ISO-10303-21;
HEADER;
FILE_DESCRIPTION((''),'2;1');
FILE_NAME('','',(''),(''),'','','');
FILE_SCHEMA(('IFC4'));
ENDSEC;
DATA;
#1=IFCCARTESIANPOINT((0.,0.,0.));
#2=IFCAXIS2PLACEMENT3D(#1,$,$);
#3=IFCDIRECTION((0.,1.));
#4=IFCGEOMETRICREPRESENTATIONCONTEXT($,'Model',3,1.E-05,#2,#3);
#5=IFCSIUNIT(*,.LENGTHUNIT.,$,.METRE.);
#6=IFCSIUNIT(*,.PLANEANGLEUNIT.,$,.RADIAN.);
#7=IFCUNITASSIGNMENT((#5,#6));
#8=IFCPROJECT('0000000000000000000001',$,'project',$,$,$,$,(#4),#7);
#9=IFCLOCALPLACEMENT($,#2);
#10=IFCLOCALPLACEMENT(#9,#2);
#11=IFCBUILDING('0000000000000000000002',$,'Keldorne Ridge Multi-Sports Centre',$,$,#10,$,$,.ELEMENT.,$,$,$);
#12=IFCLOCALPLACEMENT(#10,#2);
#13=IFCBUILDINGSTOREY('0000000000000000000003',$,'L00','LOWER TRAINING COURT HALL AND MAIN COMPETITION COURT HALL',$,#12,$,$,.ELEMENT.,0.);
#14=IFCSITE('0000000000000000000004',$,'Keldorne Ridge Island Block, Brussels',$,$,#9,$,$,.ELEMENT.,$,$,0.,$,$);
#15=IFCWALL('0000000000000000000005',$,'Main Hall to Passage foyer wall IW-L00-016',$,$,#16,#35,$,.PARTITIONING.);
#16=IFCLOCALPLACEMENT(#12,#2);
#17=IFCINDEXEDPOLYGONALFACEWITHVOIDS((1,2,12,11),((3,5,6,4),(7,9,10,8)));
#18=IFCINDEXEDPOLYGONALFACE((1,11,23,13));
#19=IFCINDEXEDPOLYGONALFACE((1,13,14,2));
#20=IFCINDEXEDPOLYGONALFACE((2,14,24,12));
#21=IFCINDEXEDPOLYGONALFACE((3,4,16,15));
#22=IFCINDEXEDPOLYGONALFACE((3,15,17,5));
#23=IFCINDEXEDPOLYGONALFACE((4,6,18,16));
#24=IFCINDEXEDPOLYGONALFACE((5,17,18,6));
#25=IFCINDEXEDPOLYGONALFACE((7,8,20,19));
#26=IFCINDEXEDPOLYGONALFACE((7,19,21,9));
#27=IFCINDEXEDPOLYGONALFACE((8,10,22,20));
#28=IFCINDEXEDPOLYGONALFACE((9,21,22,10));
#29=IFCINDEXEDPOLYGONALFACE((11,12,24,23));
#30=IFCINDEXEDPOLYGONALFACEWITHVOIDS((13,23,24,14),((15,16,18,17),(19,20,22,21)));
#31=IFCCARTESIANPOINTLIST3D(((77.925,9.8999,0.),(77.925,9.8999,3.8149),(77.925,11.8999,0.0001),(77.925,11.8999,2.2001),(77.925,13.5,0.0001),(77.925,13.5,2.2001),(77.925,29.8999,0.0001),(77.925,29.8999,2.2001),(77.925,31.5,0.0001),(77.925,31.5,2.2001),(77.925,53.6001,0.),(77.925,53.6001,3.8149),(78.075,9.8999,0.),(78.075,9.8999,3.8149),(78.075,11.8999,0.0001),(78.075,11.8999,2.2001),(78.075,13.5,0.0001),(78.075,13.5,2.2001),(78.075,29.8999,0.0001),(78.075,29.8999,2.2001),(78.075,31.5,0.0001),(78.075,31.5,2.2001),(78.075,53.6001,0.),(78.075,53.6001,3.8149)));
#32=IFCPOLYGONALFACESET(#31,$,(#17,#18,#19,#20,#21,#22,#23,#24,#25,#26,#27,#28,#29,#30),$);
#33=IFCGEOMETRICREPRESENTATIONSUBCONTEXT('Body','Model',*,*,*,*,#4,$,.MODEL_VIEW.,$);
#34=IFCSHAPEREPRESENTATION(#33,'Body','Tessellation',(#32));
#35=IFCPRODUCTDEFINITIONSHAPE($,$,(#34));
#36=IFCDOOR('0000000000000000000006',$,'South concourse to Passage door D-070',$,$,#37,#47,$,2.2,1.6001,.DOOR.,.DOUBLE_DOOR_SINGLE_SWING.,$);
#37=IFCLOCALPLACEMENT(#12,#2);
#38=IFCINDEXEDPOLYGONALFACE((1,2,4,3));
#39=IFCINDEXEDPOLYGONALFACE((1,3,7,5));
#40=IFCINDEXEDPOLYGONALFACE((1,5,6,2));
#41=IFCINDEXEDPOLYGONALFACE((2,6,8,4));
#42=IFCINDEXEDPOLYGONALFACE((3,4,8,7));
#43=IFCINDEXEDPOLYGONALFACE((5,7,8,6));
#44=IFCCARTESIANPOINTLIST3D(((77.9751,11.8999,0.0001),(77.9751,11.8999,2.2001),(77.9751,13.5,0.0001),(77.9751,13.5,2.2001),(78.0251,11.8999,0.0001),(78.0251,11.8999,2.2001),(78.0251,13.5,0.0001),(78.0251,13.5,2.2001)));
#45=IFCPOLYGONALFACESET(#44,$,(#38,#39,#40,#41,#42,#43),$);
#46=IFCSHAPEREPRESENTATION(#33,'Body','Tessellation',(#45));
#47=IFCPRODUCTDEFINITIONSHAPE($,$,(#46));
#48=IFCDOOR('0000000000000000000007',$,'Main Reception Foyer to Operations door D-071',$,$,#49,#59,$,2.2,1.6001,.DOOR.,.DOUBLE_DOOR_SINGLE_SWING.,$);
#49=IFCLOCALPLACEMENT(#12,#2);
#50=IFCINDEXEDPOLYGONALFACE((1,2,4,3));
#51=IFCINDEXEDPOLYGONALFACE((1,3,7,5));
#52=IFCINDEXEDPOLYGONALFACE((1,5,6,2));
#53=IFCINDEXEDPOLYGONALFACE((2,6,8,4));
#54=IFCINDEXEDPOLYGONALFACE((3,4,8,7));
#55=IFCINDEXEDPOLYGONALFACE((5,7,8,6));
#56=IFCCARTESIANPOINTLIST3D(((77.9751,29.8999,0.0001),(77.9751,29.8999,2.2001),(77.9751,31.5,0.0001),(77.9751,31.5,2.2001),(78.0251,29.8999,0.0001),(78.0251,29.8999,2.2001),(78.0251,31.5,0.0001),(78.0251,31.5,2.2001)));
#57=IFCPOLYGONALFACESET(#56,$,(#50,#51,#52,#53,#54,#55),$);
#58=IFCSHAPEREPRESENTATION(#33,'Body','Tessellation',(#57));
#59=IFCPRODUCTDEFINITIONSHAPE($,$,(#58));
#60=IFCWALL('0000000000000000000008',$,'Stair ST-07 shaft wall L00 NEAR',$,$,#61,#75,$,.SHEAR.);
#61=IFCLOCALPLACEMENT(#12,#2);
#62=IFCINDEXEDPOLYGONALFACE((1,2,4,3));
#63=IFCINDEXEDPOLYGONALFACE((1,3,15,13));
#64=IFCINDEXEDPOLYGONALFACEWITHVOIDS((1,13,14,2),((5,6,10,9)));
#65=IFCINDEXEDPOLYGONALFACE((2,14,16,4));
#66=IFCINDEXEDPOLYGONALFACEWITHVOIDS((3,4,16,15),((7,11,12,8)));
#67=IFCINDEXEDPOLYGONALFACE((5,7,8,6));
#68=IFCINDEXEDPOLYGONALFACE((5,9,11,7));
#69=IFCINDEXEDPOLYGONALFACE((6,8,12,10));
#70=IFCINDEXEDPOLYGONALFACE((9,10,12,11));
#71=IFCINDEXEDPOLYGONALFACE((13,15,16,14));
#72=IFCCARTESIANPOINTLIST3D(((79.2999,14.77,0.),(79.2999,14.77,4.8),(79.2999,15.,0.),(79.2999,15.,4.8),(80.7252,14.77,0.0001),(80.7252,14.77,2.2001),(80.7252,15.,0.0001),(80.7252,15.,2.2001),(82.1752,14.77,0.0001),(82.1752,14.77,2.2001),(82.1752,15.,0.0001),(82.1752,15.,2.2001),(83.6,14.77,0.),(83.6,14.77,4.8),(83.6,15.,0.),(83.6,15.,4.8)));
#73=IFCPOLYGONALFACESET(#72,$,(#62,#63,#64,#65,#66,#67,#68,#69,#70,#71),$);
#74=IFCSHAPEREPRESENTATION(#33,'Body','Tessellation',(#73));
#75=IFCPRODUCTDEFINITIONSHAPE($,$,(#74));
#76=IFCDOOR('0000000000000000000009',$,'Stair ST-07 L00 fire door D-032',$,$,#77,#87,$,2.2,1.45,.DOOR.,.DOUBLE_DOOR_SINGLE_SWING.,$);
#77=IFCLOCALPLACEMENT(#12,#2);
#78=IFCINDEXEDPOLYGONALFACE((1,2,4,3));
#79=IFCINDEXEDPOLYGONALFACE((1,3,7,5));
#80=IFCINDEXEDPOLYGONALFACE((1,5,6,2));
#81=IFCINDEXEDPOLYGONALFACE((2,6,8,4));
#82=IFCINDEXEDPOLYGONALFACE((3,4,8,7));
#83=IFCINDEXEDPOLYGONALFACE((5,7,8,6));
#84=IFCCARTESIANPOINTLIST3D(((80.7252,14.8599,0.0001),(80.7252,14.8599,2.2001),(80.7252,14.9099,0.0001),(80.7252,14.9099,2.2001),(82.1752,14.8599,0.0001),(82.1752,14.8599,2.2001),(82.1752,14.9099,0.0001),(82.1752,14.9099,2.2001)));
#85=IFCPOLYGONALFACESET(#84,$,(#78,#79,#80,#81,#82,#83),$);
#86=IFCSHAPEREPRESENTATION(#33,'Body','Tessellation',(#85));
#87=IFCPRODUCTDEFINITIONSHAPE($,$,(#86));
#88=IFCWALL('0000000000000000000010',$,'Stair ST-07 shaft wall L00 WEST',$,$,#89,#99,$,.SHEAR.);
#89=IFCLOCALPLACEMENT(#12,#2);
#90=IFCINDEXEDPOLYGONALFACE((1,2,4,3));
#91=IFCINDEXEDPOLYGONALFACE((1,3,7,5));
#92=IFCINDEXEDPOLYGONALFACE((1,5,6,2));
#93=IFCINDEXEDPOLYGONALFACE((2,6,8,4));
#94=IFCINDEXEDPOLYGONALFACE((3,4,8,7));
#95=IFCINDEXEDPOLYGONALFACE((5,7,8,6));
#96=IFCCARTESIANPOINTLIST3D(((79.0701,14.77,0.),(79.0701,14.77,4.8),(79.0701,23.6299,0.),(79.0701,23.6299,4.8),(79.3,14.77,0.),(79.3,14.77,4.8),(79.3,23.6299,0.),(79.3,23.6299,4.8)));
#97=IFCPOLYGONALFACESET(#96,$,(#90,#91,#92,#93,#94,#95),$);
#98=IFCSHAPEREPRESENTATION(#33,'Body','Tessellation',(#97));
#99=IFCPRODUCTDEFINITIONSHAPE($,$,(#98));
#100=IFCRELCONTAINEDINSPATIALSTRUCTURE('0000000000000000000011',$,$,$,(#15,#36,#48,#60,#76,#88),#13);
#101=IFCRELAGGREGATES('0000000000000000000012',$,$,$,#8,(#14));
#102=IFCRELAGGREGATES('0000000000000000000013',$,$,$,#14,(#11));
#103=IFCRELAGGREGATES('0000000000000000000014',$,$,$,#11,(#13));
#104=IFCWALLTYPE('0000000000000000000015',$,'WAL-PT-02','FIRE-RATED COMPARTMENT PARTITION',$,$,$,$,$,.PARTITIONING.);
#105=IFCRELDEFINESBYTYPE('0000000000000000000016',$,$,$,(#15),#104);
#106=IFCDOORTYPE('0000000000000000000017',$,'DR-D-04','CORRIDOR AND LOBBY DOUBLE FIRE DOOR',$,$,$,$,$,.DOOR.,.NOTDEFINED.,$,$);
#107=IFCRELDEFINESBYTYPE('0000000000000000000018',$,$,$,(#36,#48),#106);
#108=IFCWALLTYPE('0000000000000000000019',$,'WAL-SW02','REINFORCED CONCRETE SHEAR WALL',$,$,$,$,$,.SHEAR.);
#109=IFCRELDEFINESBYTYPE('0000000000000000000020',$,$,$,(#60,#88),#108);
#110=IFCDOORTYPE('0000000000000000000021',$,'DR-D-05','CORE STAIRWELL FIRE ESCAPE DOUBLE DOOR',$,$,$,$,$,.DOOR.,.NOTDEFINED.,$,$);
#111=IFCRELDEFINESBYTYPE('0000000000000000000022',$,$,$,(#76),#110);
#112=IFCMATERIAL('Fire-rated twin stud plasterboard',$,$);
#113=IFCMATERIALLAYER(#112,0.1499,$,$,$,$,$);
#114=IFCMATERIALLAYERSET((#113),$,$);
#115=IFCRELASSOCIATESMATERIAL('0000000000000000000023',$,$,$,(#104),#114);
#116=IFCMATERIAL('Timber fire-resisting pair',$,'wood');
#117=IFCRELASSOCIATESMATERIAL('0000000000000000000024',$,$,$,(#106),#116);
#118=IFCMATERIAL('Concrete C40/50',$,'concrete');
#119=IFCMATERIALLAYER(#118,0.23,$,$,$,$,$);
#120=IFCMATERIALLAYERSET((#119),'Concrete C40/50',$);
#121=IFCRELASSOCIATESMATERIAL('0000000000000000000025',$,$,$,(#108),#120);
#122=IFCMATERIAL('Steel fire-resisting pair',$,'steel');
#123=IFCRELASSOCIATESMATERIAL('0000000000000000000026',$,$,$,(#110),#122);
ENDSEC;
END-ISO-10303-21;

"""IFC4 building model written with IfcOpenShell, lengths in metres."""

from ifc_helpers import new_model, si_unit, direction, frame, frame_2d, origin, place, context, subcontext, project, spatial, rectangle, extrude, material, layer, layer_set, type_object, element, fill, save


model = new_model("IFC4")

# Units and contexts
model_context = context("Model", 3, precision=1e-05, world=origin(), true_north=direction((0.0, 1.0)))
body_context = subcontext(model_context, "Body", "Model", "MODEL_VIEW")
ifc_project = project(units=[si_unit("LENGTHUNIT", "METRE"), si_unit("PLANEANGLEUNIT", "RADIAN")], contexts=[model_context])

# Site, building, storey
site_placement = place(None, origin())
site = spatial("IfcSite", under=ifc_project, at=site_placement, Name="Keldorne Ridge Island Block, Brussels", CompositionType="ELEMENT", RefElevation=0.0)
building_placement = place(site_placement, origin())
building = spatial("IfcBuilding", under=site, at=building_placement, Name="Keldorne Ridge Multi-Sports Centre", CompositionType="ELEMENT")
storey_placement = place(building_placement, origin())
storey = spatial("IfcBuildingStorey", under=building, at=storey_placement, Name="L00", Description="LOWER TRAINING COURT HALL AND MAIN COMPETITION COURT HALL", CompositionType="ELEMENT", Elevation=0.0)

# Wall, openings, doors
ifc_material_1 = material(Name="Fire-rated twin stud plasterboard")
ifc_layer_1 = layer(ifc_material_1, 0.1499)
ifc_layer_set_1 = layer_set([ifc_layer_1])
wall_type_1 = type_object("IfcWallType", Name="WAL-PT-02", Description="FIRE-RATED COMPARTMENT PARTITION", PredefinedType="PARTITIONING", material=ifc_layer_set_1)
wall_1_placement = place(storey_placement, frame((78.0, 9.8999, 0.0), z_axis=(0.0, 0.0, 1.0), x_axis=(0.0, 1.0, 0.0)))
wall_1 = element("IfcWall", 1, at=wall_1_placement, inside=storey, type_object=wall_type_1, Name="Main Hall to Passage foyer wall IW-L00-016", PredefinedType="PARTITIONING", context=body_context, shape_type="SweptSolid", body=[
    extrude(rectangle(XDim=43.7002, YDim=0.1499, at=frame_2d((21.8501, 0.0))), origin(), (0.0, 0.0, 1.0), 3.8149),
])
opening_1_placement = place(wall_1_placement, frame((2.0, 0.0, 0.0)))
opening_1 = element("IfcOpeningElement", 2, at=opening_1_placement, cuts=wall_1, PredefinedType="OPENING", context=body_context, shape_type="SweptSolid", body=[
    extrude(rectangle(XDim=1.6001, YDim=2.2, at=frame_2d((0.8, 1.1001))), frame((0.0, 0.085, 0.0), z_axis=(0.0, -1.0, 0.0), x_axis=(1.0, 0.0, 0.0)), (0.0, 0.0, 1.0), 0.1699),
])
opening_2_placement = place(wall_1_placement, frame((20.0, 0.0, 0.0)))
opening_2 = element("IfcOpeningElement", 3, at=opening_2_placement, cuts=wall_1, PredefinedType="OPENING", context=body_context, shape_type="SweptSolid", body=[
    extrude(rectangle(XDim=1.6001, YDim=2.2, at=frame_2d((0.8, 1.1001))), frame((0.0, 0.085, 0.0), z_axis=(0.0, -1.0, 0.0), x_axis=(1.0, 0.0, 0.0)), (0.0, 0.0, 1.0), 0.1699),
])
ifc_material_2 = material(Name="Timber fire-resisting pair", Category="wood")
door_type_1 = type_object("IfcDoorType", Name="DR-D-04", Description="CORRIDOR AND LOBBY DOUBLE FIRE DOOR", OperationType="NOTDEFINED", PredefinedType="DOOR", material=ifc_material_2)
door_1_placement = place(opening_1_placement, origin())
door_1 = element("IfcDoor", 4, at=door_1_placement, inside=storey, type_object=door_type_1, Name="South concourse to Passage door D-070", OperationType="DOUBLE_DOOR_SINGLE_SWING", OverallHeight=2.2, OverallWidth=1.6001, PredefinedType="DOOR", context=body_context, shape_type="SweptSolid", body=[
    extrude(rectangle(XDim=1.6001, YDim=2.2, at=frame_2d((0.8, 1.1001))), frame((0.0, 0.0249, 0.0), z_axis=(0.0, -1.0, 0.0), x_axis=(1.0, 0.0, 0.0)), (0.0, 0.0, 1.0), 0.05),
])
fill(opening_1, door_1)
door_2_placement = place(opening_2_placement, origin())
door_2 = element("IfcDoor", 5, at=door_2_placement, inside=storey, type_object=door_type_1, Name="Main Reception Foyer to Operations door D-071", OperationType="DOUBLE_DOOR_SINGLE_SWING", OverallHeight=2.2, OverallWidth=1.6001, PredefinedType="DOOR", context=body_context, shape_type="SweptSolid", body=[
    extrude(rectangle(XDim=1.6001, YDim=2.2, at=frame_2d((0.8, 1.1001))), frame((0.0, 0.0249, 0.0), z_axis=(0.0, -1.0, 0.0), x_axis=(1.0, 0.0, 0.0)), (0.0, 0.0, 1.0), 0.05),
])
fill(opening_2, door_2)

# Wall, opening, door
ifc_material_3 = material(Name="Concrete C40/50", Category="concrete")
ifc_layer_2 = layer(ifc_material_3, 0.23)
ifc_layer_set_2 = layer_set([ifc_layer_2], Name="Concrete C40/50")
wall_type_2 = type_object("IfcWallType", Name="WAL-SW02", Description="REINFORCED CONCRETE SHEAR WALL", PredefinedType="SHEAR", material=ifc_layer_set_2)
wall_2_placement = place(storey_placement, frame((79.3, 14.885, 0.0), z_axis=(0.0, 0.0, 1.0), x_axis=(1.0, 0.0, 0.0)))
wall_2 = element("IfcWall", 6, at=wall_2_placement, inside=storey, type_object=wall_type_2, Name="Stair ST-07 shaft wall L00 NEAR", PredefinedType="SHEAR", context=body_context, shape_type="SweptSolid", body=[
    extrude(rectangle(XDim=4.3, YDim=0.23, at=frame_2d((2.1499, 0.0))), origin(), (0.0, 0.0, 1.0), 4.8),
])
opening_3_placement = place(wall_2_placement, frame((1.425, 0.0, 0.0)))
opening_3 = element("IfcOpeningElement", 7, at=opening_3_placement, cuts=wall_2, PredefinedType="OPENING", context=body_context, shape_type="SweptSolid", body=[
    extrude(rectangle(XDim=1.45, YDim=2.2, at=frame_2d((0.7251, 1.1001))), frame((0.0, 0.125, 0.0), z_axis=(0.0, -1.0, 0.0), x_axis=(1.0, 0.0, 0.0)), (0.0, 0.0, 1.0), 0.25),
])
ifc_material_4 = material(Name="Steel fire-resisting pair", Category="steel")
door_type_2 = type_object("IfcDoorType", Name="DR-D-05", Description="CORE STAIRWELL FIRE ESCAPE DOUBLE DOOR", OperationType="NOTDEFINED", PredefinedType="DOOR", material=ifc_material_4)
door_3_placement = place(opening_3_placement, origin())
door_3 = element("IfcDoor", 8, at=door_3_placement, inside=storey, type_object=door_type_2, Name="Stair ST-07 L00 fire door D-032", OperationType="DOUBLE_DOOR_SINGLE_SWING", OverallHeight=2.2, OverallWidth=1.45, PredefinedType="DOOR", context=body_context, shape_type="SweptSolid", body=[
    extrude(rectangle(XDim=1.45, YDim=2.2, at=frame_2d((0.7251, 1.1001))), frame((0.0, 0.0249, 0.0), z_axis=(0.0, -1.0, 0.0), x_axis=(1.0, 0.0, 0.0)), (0.0, 0.0, 1.0), 0.05),
])
fill(opening_3, door_3)

# Wall
wall_3_placement = place(storey_placement, frame((79.1851, 14.77, 0.0), z_axis=(0.0, 0.0, 1.0), x_axis=(0.0, 1.0, 0.0)))
element("IfcWall", 9, at=wall_3_placement, inside=storey, type_object=wall_type_2, Name="Stair ST-07 shaft wall L00 WEST", PredefinedType="SHEAR", context=body_context, shape_type="SweptSolid", body=[
    extrude(rectangle(XDim=8.8599, YDim=0.23, at=frame_2d((4.4299, 0.0))), origin(), (0.0, 0.0, 1.0), 4.8),
])

save(model, "model.ifc")
